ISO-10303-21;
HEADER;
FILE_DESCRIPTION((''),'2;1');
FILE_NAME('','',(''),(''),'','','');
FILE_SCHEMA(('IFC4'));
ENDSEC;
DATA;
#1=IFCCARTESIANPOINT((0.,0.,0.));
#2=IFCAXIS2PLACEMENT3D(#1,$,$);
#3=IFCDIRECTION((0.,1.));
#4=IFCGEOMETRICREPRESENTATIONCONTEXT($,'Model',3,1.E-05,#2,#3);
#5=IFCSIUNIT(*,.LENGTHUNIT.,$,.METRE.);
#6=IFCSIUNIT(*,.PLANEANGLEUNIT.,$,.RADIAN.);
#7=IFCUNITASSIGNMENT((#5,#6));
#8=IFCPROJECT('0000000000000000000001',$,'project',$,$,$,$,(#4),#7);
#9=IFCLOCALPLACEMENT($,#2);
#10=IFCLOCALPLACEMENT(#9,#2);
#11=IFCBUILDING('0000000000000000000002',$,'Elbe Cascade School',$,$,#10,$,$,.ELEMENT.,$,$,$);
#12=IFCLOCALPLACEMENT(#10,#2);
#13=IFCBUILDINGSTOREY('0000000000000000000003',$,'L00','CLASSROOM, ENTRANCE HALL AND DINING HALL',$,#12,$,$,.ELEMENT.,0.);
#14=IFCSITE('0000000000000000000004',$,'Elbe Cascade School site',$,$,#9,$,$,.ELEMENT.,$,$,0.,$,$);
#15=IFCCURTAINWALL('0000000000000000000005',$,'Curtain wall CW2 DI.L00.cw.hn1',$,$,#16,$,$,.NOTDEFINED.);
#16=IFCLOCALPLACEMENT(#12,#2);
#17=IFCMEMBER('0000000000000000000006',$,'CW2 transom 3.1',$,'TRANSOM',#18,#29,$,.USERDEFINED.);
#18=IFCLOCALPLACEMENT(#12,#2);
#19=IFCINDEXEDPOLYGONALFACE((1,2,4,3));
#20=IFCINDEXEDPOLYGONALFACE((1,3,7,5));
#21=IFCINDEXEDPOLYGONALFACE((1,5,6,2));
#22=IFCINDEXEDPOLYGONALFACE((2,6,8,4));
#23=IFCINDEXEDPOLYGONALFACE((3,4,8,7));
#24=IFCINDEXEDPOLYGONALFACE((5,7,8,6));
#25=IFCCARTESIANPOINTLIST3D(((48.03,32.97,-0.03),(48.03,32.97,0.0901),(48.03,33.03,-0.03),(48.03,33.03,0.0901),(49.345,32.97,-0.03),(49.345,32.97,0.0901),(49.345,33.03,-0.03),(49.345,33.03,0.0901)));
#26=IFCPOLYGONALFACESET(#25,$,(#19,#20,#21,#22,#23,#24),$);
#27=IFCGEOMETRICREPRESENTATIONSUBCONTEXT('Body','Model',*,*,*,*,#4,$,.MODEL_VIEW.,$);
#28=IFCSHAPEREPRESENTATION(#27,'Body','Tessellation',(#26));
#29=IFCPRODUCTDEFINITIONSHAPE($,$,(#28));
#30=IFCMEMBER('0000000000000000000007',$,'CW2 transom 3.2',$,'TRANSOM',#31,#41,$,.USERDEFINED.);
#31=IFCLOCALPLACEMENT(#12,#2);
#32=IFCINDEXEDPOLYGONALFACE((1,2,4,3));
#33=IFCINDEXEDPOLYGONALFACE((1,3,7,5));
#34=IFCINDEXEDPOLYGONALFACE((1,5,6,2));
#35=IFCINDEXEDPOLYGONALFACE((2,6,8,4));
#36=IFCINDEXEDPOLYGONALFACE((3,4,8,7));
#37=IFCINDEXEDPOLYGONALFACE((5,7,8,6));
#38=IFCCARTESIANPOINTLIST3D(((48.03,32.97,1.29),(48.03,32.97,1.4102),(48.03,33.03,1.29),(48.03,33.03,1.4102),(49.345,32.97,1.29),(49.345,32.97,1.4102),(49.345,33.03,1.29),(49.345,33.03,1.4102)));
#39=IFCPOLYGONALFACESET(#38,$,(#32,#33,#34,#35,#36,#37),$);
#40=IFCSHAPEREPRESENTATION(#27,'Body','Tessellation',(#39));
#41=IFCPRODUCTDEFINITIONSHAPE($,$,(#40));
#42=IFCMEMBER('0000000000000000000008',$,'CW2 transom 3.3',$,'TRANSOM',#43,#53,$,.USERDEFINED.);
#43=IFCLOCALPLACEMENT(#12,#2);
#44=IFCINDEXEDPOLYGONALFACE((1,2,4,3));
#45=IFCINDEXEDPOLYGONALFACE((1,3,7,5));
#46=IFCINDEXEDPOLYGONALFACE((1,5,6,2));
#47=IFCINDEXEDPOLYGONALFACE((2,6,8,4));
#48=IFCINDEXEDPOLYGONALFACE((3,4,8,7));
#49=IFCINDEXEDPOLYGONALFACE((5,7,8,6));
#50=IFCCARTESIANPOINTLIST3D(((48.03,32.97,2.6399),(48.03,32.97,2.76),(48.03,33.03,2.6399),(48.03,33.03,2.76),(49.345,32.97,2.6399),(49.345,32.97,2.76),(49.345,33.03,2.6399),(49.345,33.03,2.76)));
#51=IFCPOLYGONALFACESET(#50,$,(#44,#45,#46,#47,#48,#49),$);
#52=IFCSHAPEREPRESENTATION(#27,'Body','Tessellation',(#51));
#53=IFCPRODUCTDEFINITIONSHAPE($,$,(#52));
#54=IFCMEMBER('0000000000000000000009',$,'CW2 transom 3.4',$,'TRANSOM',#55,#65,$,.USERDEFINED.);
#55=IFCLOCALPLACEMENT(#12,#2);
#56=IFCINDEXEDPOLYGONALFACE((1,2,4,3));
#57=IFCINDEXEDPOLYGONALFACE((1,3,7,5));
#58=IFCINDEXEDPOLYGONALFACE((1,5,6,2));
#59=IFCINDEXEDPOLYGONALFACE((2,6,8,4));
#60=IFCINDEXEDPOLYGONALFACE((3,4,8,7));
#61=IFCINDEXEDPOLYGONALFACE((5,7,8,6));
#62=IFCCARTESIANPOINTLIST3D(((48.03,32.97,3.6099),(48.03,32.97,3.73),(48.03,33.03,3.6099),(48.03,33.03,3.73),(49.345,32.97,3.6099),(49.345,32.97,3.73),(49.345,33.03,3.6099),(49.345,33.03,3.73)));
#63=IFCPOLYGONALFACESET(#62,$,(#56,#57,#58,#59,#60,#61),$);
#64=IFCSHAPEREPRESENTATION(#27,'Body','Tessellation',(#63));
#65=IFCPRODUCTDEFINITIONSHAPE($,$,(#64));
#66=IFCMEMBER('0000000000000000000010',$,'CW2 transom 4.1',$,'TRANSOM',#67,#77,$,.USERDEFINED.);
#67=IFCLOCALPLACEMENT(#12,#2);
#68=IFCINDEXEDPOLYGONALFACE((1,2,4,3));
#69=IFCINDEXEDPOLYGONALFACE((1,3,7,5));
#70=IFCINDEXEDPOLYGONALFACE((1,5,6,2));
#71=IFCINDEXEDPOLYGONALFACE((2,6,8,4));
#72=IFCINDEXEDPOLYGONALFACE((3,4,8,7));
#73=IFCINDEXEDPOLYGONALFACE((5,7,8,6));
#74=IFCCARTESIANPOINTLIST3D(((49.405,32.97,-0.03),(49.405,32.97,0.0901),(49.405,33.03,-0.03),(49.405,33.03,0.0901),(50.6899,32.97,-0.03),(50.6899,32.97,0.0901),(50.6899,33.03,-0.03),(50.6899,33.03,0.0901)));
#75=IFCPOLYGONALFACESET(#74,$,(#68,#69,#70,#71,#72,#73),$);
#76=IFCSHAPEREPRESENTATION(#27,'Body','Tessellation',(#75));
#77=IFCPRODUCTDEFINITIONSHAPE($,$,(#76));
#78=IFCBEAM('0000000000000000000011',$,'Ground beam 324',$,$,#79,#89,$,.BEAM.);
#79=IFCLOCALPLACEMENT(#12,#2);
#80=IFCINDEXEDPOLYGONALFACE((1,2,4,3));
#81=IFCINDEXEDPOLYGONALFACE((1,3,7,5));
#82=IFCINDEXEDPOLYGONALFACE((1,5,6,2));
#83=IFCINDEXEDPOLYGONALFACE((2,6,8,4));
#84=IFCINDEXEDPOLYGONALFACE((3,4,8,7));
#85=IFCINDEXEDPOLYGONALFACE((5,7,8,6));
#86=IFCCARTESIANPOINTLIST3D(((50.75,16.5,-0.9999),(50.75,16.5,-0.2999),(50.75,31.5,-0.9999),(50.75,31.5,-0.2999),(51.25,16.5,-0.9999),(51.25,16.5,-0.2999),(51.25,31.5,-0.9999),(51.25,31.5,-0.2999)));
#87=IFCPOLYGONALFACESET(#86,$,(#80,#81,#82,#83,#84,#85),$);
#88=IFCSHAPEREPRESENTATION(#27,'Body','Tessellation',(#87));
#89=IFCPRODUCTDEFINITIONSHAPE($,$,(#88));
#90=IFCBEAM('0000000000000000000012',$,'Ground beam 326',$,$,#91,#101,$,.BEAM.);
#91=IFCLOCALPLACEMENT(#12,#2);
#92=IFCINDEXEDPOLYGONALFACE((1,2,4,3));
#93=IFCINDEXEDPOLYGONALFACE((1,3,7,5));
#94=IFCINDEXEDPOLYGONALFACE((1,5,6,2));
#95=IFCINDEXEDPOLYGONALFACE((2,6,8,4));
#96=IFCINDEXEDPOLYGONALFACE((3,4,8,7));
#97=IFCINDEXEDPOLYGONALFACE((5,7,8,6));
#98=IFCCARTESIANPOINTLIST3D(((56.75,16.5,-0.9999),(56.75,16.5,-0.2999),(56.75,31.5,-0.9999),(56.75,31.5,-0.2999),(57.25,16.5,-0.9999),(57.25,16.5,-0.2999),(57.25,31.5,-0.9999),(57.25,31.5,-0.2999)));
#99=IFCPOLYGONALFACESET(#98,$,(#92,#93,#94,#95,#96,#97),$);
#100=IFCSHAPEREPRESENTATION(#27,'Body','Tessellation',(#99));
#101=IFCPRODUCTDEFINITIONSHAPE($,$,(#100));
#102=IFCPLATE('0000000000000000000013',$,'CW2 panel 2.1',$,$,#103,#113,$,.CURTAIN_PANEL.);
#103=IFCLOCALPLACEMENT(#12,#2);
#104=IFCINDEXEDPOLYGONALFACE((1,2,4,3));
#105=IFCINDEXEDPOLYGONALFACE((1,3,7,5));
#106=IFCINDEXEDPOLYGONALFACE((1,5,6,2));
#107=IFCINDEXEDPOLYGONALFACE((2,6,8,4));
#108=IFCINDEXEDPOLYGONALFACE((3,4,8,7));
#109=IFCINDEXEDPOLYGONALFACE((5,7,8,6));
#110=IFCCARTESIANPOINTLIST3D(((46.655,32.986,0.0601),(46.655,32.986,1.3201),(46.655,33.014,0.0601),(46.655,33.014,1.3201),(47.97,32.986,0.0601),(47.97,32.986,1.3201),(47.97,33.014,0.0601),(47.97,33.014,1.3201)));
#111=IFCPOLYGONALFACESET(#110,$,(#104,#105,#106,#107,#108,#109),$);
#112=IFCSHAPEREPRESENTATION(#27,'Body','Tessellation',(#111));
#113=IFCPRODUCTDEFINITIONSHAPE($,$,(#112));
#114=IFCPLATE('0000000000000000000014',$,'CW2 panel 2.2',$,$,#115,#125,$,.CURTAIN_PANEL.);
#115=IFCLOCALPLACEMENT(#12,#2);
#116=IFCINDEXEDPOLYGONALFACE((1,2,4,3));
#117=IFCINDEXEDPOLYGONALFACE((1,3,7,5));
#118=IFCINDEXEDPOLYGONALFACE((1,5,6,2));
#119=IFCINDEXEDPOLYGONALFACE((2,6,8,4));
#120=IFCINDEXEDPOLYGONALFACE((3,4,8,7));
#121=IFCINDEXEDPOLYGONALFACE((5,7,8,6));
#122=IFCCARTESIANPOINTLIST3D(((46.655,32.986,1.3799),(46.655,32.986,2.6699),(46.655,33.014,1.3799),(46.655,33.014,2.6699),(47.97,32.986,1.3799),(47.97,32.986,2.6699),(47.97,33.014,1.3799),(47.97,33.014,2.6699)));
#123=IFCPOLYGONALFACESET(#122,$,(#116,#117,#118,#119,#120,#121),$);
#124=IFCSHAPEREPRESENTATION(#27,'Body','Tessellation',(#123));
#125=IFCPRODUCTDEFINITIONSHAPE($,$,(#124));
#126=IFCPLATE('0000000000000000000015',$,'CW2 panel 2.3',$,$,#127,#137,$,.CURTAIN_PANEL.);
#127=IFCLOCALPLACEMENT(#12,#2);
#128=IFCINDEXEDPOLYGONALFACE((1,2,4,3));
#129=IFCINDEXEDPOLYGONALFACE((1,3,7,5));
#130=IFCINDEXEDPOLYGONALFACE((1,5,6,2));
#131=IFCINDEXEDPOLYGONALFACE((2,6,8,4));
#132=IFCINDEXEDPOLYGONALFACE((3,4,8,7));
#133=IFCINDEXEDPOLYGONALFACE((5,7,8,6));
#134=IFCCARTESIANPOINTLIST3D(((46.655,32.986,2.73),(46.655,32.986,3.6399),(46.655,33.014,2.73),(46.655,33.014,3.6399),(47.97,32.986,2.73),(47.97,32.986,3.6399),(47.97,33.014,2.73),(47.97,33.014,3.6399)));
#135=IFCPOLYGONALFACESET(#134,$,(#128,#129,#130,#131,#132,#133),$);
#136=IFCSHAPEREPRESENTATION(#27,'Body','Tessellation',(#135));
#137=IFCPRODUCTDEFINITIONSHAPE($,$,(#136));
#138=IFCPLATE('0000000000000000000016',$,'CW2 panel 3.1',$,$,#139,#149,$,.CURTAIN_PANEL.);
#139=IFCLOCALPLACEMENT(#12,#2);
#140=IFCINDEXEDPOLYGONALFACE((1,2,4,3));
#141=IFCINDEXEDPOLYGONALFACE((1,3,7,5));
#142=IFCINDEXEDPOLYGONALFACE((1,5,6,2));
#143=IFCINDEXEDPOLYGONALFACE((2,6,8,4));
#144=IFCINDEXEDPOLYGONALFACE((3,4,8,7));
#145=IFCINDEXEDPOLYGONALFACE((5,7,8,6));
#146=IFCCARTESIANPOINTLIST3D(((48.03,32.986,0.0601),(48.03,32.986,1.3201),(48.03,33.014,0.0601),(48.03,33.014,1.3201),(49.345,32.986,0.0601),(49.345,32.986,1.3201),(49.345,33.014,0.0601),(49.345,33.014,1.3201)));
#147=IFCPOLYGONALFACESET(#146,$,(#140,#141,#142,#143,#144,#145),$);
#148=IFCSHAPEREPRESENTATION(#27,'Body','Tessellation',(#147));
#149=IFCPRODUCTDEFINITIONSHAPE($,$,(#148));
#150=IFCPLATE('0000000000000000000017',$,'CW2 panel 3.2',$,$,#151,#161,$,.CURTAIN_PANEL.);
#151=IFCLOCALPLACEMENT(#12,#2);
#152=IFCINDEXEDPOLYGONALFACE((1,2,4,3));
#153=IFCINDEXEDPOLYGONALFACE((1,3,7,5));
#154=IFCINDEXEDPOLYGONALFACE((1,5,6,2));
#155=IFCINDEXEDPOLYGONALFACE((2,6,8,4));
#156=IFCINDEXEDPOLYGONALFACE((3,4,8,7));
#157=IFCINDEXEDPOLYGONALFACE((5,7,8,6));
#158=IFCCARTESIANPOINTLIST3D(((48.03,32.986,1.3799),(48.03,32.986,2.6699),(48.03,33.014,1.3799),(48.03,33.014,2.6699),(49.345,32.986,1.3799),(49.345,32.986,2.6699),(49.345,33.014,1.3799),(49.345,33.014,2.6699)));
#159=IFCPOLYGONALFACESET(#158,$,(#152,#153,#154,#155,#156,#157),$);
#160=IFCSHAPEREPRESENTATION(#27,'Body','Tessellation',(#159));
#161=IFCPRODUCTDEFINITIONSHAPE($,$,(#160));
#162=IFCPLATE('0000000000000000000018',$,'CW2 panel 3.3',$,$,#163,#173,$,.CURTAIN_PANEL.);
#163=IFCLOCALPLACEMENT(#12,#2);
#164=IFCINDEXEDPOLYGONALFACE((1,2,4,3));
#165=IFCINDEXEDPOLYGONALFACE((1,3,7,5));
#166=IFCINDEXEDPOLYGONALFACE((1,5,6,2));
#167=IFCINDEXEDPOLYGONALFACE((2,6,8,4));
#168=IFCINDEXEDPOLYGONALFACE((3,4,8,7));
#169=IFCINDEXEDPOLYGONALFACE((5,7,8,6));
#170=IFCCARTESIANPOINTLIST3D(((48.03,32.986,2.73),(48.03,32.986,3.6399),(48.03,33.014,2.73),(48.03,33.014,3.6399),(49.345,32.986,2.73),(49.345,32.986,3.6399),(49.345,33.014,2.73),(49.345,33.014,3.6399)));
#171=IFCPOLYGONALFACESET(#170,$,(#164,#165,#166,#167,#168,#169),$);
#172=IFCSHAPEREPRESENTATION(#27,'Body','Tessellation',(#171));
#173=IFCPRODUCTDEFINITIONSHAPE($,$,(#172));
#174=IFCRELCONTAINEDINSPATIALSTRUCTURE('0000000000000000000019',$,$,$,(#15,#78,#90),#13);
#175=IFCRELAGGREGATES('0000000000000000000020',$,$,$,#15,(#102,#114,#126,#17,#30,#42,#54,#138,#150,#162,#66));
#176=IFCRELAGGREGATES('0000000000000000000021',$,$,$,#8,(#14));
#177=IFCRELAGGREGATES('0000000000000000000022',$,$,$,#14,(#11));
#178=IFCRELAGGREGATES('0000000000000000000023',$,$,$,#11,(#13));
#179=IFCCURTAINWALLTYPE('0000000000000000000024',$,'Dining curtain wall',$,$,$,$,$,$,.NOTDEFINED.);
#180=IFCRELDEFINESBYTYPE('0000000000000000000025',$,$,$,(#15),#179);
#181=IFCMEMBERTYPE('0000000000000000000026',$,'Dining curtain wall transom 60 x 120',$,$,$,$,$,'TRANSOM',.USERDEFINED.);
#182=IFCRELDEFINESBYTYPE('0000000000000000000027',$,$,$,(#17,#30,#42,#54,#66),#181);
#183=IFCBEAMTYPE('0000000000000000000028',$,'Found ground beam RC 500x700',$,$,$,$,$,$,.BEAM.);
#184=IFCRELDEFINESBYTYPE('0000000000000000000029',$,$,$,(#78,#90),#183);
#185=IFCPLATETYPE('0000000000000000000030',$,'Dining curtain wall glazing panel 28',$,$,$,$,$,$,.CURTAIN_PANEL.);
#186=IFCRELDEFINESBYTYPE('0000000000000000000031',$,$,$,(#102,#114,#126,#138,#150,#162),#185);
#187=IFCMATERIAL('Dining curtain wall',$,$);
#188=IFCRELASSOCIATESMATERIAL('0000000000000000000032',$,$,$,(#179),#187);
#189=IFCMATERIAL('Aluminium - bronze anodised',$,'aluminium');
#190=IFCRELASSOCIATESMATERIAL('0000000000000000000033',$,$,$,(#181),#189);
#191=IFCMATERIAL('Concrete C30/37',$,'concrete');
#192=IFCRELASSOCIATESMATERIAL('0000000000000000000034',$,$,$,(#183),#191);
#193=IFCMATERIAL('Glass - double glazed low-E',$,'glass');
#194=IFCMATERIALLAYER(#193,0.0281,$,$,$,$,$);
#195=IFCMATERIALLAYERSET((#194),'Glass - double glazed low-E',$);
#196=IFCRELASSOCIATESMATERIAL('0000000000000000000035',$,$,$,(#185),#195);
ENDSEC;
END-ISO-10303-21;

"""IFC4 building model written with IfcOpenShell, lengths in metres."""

from ifc_helpers import new_model, si_unit, direction, frame, origin, origin_2d, place, context, subcontext, project, spatial, rectangle, extrude, material, layer, layer_set, material_profile, profile_set, type_object, element, aggregate, save


model = new_model("IFC4")

# Units and contexts
model_context = context("Model", 3, precision=1e-05, world=origin(), true_north=direction((0.0, 1.0)))
body_context = subcontext(model_context, "Body", "Model", "MODEL_VIEW")
ifc_project = project(units=[si_unit("LENGTHUNIT", "METRE"), si_unit("PLANEANGLEUNIT", "RADIAN")], contexts=[model_context])

# Site, building, storey
site_placement = place(None, origin())
site = spatial("IfcSite", under=ifc_project, at=site_placement, Name="Elbe Cascade School site", CompositionType="ELEMENT", RefElevation=0.0)
building_placement = place(site_placement, origin())
building = spatial("IfcBuilding", under=site, at=building_placement, Name="Elbe Cascade School", CompositionType="ELEMENT")
storey_placement = place(building_placement, origin())
storey = spatial("IfcBuildingStorey", under=building, at=storey_placement, Name="L00", Description="CLASSROOM, ENTRANCE HALL AND DINING HALL", CompositionType="ELEMENT", Elevation=0.0)

# Curtain wall, members
ifc_material_1 = material(Name="Dining curtain wall")
curtain_wall_type = type_object("IfcCurtainWallType", Name="Dining curtain wall", PredefinedType="NOTDEFINED", material=ifc_material_1)
curtain_wall_placement = place(storey_placement, origin())
curtain_wall = element("IfcCurtainWall", 1, at=curtain_wall_placement, inside=storey, type_object=curtain_wall_type, Name="Curtain wall CW2 DI.L00.cw.hn1", PredefinedType="NOTDEFINED")
ifc_material_2 = material(Name="Aluminium - bronze anodised", Category="aluminium")
ifc_material_profile_1 = material_profile(ifc_material_2, rectangle(XDim=0.0601, YDim=0.1201, at=origin_2d()), Name="RECT 60x120")
ifc_profile_set_1 = profile_set([ifc_material_profile_1], Name="Aluminium - bronze anodised")
member_type_1 = type_object("IfcMemberType", Name="Dining curtain wall transom 60 x 120", ElementType="TRANSOM", PredefinedType="USERDEFINED", material=ifc_profile_set_1)
member_1_placement = place(storey_placement, frame((48.03, 33.0, 0.03), z_axis=(1.0, 0.0, 0.0), x_axis=(0.0, 1.0, 0.0)))
member_1 = element("IfcMember", 2, at=member_1_placement, type_object=member_type_1, Name="CW2 transom 3.1", ObjectType="TRANSOM", PredefinedType="USERDEFINED", context=body_context, shape_type="SweptSolid", body=[
    extrude(rectangle(XDim=0.0601, YDim=0.1201, at=origin_2d()), origin(), (0.0, 0.0, 1.0), 1.3149),
])
member_2_placement = place(storey_placement, frame((48.03, 33.0, 1.3501), z_axis=(1.0, 0.0, 0.0), x_axis=(0.0, 1.0, 0.0)))
member_2 = element("IfcMember", 3, at=member_2_placement, type_object=member_type_1, Name="CW2 transom 3.2", ObjectType="TRANSOM", PredefinedType="USERDEFINED", context=body_context, shape_type="SweptSolid", body=[
    extrude(rectangle(XDim=0.0601, YDim=0.1201, at=origin_2d()), origin(), (0.0, 0.0, 1.0), 1.3149),
])
member_3_placement = place(storey_placement, frame((48.03, 33.0, 2.7), z_axis=(1.0, 0.0, 0.0), x_axis=(0.0, 1.0, 0.0)))
member_3 = element("IfcMember", 4, at=member_3_placement, type_object=member_type_1, Name="CW2 transom 3.3", ObjectType="TRANSOM", PredefinedType="USERDEFINED", context=body_context, shape_type="SweptSolid", body=[
    extrude(rectangle(XDim=0.0601, YDim=0.1201, at=origin_2d()), origin(), (0.0, 0.0, 1.0), 1.3149),
])
member_4_placement = place(storey_placement, frame((48.03, 33.0, 3.6699), z_axis=(1.0, 0.0, 0.0), x_axis=(0.0, 1.0, 0.0)))
member_4 = element("IfcMember", 5, at=member_4_placement, type_object=member_type_1, Name="CW2 transom 3.4", ObjectType="TRANSOM", PredefinedType="USERDEFINED", context=body_context, shape_type="SweptSolid", body=[
    extrude(rectangle(XDim=0.0601, YDim=0.1201, at=origin_2d()), origin(), (0.0, 0.0, 1.0), 1.3149),
])
member_5_placement = place(storey_placement, frame((49.405, 33.0, 0.03), z_axis=(1.0, 0.0, 0.0), x_axis=(0.0, 1.0, 0.0)))
member_5 = element("IfcMember", 6, at=member_5_placement, type_object=member_type_1, Name="CW2 transom 4.1", ObjectType="TRANSOM", PredefinedType="USERDEFINED", context=body_context, shape_type="SweptSolid", body=[
    extrude(rectangle(XDim=0.0601, YDim=0.1201, at=origin_2d()), origin(), (0.0, 0.0, 1.0), 1.2849),
])

# Beams
ifc_material_3 = material(Name="Concrete C30/37", Category="concrete")
ifc_material_profile_2 = material_profile(ifc_material_3, rectangle(XDim=0.5, YDim=0.7, at=origin_2d()), Name="RC 500x700")
ifc_profile_set_2 = profile_set([ifc_material_profile_2], Name="Concrete C30/37")
beam_type = type_object("IfcBeamType", Name="Found ground beam RC 500x700", PredefinedType="BEAM", material=ifc_profile_set_2)
for number, where, z_axis, x_axis, name in (
    (7, (51.0, 16.5, -0.6499), (0.0, 1.0, 0.0), (-1.0, 0.0, 0.0), "Ground beam 324"),
    (8, (57.0, 16.5, -0.6499), (0.0, 1.0, 0.0), (-1.0, 0.0, 0.0), "Ground beam 326"),
):
    element("IfcBeam", number, at=place(storey_placement, frame(where, z_axis=z_axis, x_axis=x_axis)), inside=storey, type_object=beam_type, Name=name, PredefinedType="BEAM", context=body_context, shape_type="SweptSolid", body=[
        extrude(rectangle(XDim=0.5, YDim=0.7, at=origin_2d()), origin(), (0.0, 0.0, 1.0), 15.0),
    ])

# Plates
ifc_material_4 = material(Name="Glass - double glazed low-E", Category="glass")
ifc_layer_1 = layer(ifc_material_4, 0.0281)
ifc_layer_set_1 = layer_set([ifc_layer_1], Name="Glass - double glazed low-E")
plate_type = type_object("IfcPlateType", Name="Dining curtain wall glazing panel 28", PredefinedType="CURTAIN_PANEL", material=ifc_layer_set_1)
plate_1_placement = place(storey_placement, frame((47.3125, 33.0, 0.0601), z_axis=(0.0, 0.0, 1.0), x_axis=(1.0, 0.0, 0.0)))
plate_1 = element("IfcPlate", 9, at=plate_1_placement, type_object=plate_type, Name="CW2 panel 2.1", PredefinedType="CURTAIN_PANEL", context=body_context, shape_type="SweptSolid", body=[
    extrude(rectangle(XDim=1.3149, YDim=0.0281, at=origin_2d()), origin(), (0.0, 0.0, 1.0), 1.26),
])
plate_2_placement = place(storey_placement, frame((47.3125, 33.0, 1.3799), z_axis=(0.0, 0.0, 1.0), x_axis=(1.0, 0.0, 0.0)))
plate_2 = element("IfcPlate", 10, at=plate_2_placement, type_object=plate_type, Name="CW2 panel 2.2", PredefinedType="CURTAIN_PANEL", context=body_context, shape_type="SweptSolid", body=[
    extrude(rectangle(XDim=1.3149, YDim=0.0281, at=origin_2d()), origin(), (0.0, 0.0, 1.0), 1.29),
])
plate_3_placement = place(storey_placement, frame((47.3125, 33.0, 2.73), z_axis=(0.0, 0.0, 1.0), x_axis=(1.0, 0.0, 0.0)))
plate_3 = element("IfcPlate", 11, at=plate_3_placement, type_object=plate_type, Name="CW2 panel 2.3", PredefinedType="CURTAIN_PANEL", context=body_context, shape_type="SweptSolid", body=[
    extrude(rectangle(XDim=1.3149, YDim=0.0281, at=origin_2d()), origin(), (0.0, 0.0, 1.0), 0.9099),
])
plate_4_placement = place(storey_placement, frame((48.6875, 33.0, 0.0601), z_axis=(0.0, 0.0, 1.0), x_axis=(1.0, 0.0, 0.0)))
plate_4 = element("IfcPlate", 12, at=plate_4_placement, type_object=plate_type, Name="CW2 panel 3.1", PredefinedType="CURTAIN_PANEL", context=body_context, shape_type="SweptSolid", body=[
    extrude(rectangle(XDim=1.3149, YDim=0.0281, at=origin_2d()), origin(), (0.0, 0.0, 1.0), 1.26),
])
plate_5_placement = place(storey_placement, frame((48.6875, 33.0, 1.3799), z_axis=(0.0, 0.0, 1.0), x_axis=(1.0, 0.0, 0.0)))
plate_5 = element("IfcPlate", 13, at=plate_5_placement, type_object=plate_type, Name="CW2 panel 3.2", PredefinedType="CURTAIN_PANEL", context=body_context, shape_type="SweptSolid", body=[
    extrude(rectangle(XDim=1.3149, YDim=0.0281, at=origin_2d()), origin(), (0.0, 0.0, 1.0), 1.29),
])
plate_6_placement = place(storey_placement, frame((48.6875, 33.0, 2.73), z_axis=(0.0, 0.0, 1.0), x_axis=(1.0, 0.0, 0.0)))
plate_6 = element("IfcPlate", 14, at=plate_6_placement, type_object=plate_type, Name="CW2 panel 3.3", PredefinedType="CURTAIN_PANEL", context=body_context, shape_type="SweptSolid", body=[
    extrude(rectangle(XDim=1.3149, YDim=0.0281, at=origin_2d()), origin(), (0.0, 0.0, 1.0), 0.9099),
])
aggregate(curtain_wall, [plate_1, plate_2, plate_3, member_1, member_2, member_3, member_4, plate_4, plate_5, plate_6, member_5])

save(model, "model.ifc")
